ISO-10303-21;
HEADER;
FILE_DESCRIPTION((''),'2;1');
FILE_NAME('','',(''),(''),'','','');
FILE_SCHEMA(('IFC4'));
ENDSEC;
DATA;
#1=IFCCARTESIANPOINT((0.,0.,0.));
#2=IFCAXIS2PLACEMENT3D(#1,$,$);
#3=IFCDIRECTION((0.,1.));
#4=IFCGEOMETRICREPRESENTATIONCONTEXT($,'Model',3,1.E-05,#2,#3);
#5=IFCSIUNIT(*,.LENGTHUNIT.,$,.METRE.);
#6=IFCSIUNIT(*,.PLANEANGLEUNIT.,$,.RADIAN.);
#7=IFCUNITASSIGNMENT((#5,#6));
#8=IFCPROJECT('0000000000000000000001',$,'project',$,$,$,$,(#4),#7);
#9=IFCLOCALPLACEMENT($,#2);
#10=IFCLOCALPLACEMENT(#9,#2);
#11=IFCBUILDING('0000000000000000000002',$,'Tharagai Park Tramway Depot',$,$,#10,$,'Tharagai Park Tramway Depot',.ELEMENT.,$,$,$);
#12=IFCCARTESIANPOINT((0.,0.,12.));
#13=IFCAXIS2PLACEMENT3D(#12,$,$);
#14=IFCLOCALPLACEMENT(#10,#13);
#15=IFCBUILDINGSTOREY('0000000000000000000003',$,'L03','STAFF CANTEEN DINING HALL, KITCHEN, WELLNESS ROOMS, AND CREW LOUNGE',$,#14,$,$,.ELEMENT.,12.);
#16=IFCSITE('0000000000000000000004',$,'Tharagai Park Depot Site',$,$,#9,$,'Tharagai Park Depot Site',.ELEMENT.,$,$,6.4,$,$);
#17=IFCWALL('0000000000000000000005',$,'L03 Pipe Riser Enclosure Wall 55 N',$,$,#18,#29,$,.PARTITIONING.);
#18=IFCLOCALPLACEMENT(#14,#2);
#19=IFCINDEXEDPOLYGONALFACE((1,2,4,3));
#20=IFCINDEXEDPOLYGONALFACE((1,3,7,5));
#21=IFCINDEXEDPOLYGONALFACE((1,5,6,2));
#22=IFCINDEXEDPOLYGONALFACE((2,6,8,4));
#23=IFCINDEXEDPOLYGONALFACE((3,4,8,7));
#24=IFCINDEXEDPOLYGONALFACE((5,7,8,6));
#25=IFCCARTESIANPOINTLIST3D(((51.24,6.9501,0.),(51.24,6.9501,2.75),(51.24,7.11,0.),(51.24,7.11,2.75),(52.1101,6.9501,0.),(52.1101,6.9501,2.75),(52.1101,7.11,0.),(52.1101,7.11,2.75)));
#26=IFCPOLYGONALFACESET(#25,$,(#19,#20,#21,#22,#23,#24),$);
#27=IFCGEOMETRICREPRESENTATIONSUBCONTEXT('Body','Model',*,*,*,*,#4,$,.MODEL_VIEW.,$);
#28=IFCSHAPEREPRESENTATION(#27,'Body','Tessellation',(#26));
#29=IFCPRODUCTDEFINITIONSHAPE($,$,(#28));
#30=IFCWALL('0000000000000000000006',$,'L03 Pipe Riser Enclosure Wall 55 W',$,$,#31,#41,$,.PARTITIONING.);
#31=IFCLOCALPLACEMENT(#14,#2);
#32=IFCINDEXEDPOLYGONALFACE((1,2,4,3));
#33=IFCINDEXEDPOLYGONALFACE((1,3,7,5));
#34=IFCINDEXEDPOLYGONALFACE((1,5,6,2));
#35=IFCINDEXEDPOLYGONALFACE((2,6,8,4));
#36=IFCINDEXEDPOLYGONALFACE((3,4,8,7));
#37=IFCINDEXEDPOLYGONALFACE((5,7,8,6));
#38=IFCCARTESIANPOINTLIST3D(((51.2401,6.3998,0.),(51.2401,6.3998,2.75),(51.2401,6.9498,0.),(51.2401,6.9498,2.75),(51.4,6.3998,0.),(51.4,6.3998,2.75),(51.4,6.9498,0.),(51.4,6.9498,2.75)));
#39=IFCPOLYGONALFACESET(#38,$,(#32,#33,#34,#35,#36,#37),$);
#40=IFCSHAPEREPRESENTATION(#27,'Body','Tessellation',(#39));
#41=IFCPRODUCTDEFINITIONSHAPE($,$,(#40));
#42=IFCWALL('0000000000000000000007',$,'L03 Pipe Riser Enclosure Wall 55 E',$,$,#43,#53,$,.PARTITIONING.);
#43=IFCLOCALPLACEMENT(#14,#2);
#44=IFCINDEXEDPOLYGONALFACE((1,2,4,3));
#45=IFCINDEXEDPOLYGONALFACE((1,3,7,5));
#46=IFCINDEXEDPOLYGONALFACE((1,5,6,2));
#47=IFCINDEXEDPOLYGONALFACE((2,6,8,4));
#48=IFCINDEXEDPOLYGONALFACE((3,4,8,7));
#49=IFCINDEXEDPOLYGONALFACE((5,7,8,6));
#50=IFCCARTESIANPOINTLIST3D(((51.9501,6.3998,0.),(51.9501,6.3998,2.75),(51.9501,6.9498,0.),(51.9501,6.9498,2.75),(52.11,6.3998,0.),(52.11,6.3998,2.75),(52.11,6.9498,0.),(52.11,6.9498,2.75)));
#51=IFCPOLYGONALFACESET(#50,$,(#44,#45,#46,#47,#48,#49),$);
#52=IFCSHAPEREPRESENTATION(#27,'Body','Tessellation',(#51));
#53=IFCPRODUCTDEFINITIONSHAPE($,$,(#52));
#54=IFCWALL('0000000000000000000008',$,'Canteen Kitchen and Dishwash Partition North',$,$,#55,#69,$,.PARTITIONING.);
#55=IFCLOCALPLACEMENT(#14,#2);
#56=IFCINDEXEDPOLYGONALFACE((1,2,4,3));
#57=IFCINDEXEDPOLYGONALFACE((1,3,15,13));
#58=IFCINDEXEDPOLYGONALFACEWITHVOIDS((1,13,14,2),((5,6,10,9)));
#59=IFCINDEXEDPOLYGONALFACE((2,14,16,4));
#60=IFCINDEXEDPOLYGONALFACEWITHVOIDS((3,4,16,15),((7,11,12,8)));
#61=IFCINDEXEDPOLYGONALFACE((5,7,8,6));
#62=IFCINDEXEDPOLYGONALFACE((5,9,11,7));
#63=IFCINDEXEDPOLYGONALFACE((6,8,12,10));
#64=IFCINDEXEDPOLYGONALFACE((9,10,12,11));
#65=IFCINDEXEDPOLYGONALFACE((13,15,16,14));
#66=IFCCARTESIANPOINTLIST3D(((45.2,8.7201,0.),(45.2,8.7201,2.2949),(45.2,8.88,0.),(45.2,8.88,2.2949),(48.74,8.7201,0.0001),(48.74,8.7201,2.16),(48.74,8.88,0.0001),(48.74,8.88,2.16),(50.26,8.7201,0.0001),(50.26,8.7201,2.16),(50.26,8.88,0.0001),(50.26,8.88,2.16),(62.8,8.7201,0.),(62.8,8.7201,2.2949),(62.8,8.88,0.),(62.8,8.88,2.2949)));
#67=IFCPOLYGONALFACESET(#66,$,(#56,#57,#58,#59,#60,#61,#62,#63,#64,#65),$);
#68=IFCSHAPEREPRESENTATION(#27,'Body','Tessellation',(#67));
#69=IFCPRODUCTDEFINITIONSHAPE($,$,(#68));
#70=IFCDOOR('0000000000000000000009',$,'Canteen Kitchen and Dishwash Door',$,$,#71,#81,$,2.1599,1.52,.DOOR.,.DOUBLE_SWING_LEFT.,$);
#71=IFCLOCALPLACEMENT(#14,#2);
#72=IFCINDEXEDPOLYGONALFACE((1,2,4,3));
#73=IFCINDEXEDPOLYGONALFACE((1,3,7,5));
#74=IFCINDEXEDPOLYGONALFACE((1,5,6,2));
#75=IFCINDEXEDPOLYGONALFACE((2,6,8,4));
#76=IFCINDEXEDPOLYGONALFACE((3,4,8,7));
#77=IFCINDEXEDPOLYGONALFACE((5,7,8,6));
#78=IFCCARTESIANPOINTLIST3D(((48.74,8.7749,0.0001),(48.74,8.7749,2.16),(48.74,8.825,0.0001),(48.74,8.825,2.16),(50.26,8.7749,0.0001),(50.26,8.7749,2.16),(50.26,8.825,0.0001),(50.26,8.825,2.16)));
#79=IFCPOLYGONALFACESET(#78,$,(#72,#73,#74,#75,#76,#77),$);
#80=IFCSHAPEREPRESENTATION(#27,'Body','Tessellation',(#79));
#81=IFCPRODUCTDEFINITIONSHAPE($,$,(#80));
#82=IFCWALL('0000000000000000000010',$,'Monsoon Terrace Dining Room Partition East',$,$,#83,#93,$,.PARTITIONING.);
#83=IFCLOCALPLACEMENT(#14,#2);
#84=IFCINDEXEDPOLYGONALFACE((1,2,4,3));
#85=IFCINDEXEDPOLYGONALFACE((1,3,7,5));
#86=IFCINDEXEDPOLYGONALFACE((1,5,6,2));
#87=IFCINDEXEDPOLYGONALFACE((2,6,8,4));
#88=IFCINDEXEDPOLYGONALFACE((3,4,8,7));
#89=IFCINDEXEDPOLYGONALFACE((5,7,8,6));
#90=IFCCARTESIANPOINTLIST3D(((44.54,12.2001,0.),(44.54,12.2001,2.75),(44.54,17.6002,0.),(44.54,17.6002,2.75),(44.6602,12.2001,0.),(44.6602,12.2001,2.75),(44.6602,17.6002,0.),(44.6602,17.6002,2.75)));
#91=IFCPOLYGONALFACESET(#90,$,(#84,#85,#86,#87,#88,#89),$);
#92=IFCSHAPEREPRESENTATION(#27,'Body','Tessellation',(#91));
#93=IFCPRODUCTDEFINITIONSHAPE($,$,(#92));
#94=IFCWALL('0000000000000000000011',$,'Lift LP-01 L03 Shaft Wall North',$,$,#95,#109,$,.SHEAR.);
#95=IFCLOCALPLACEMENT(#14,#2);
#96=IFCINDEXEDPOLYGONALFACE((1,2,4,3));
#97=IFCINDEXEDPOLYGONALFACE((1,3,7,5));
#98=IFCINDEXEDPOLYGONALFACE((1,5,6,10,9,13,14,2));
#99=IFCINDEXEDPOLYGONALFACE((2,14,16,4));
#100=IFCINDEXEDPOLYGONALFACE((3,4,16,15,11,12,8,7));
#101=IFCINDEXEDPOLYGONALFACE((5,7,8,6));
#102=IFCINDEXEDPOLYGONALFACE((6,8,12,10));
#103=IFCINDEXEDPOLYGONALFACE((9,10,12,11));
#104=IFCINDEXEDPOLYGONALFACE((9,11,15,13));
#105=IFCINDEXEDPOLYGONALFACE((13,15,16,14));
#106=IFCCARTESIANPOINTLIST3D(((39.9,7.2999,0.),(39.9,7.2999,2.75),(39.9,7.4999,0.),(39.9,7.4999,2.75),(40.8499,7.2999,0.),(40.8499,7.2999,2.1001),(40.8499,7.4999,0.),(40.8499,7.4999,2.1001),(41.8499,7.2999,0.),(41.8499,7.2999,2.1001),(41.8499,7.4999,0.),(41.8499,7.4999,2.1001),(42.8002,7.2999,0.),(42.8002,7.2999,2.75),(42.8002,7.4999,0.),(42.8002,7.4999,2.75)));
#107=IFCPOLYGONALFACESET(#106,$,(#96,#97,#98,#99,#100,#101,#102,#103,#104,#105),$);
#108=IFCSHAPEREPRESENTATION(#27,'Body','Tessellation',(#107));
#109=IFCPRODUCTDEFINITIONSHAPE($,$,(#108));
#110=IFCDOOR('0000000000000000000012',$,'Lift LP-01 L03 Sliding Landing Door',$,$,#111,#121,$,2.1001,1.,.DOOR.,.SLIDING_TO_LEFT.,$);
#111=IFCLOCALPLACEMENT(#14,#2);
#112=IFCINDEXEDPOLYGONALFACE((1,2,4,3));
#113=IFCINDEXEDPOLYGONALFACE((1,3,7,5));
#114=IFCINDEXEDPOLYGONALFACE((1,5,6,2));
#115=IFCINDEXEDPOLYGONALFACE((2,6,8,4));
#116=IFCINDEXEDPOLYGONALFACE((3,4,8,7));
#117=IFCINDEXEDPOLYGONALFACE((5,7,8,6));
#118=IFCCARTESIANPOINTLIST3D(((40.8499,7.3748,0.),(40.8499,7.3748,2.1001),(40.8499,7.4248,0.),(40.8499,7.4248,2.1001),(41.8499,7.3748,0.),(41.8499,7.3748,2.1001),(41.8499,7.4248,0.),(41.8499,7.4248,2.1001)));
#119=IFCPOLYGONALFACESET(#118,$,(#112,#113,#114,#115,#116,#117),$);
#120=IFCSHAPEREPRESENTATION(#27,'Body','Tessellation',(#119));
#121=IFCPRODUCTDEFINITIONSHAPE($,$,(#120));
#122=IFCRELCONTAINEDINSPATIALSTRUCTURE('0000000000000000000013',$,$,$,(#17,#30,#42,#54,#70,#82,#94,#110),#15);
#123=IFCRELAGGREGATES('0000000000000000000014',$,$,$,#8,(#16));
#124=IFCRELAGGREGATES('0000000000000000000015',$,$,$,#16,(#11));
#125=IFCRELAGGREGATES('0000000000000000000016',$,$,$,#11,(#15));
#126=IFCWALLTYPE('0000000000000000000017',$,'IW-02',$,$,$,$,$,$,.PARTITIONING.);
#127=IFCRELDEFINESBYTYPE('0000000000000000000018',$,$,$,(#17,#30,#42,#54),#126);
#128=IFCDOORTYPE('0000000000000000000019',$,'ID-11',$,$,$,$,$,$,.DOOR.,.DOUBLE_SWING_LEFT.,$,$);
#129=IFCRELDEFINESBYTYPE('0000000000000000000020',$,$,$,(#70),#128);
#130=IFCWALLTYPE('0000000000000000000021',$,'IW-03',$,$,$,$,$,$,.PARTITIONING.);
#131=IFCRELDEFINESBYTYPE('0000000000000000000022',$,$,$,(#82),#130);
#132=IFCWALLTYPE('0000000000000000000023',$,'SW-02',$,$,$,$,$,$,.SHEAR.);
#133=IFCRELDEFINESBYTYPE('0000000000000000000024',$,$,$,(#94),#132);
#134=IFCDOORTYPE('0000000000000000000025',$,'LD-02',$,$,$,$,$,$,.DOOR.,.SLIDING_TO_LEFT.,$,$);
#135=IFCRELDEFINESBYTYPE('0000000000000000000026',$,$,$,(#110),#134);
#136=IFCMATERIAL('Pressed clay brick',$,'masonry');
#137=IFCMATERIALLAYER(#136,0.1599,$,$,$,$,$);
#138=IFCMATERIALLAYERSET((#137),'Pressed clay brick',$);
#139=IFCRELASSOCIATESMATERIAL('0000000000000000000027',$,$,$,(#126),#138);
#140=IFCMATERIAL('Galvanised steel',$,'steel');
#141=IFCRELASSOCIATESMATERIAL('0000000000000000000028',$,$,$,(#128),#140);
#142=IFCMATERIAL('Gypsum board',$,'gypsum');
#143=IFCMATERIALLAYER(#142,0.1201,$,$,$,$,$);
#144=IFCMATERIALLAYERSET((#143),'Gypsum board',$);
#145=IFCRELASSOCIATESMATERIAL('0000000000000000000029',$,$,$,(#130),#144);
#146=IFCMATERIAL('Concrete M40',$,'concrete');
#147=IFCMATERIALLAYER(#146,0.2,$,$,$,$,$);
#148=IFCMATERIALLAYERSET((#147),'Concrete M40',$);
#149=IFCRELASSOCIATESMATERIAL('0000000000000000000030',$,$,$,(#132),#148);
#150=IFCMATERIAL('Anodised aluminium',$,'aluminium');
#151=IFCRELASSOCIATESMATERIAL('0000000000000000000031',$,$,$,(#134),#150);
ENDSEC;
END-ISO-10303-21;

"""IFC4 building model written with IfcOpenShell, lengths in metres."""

from ifc_helpers import new_model, si_unit, direction, frame, frame_2d, origin, place, context, subcontext, project, spatial, rectangle, extrude, material, layer, layer_set, type_object, element, fill, save


model = new_model("IFC4")

# Units and contexts
model_context = context("Model", 3, precision=1e-05, world=origin(), true_north=direction((0.0, 1.0)))
body_context = subcontext(model_context, "Body", "Model", "MODEL_VIEW")
ifc_project = project(units=[si_unit("LENGTHUNIT", "METRE"), si_unit("PLANEANGLEUNIT", "RADIAN")], contexts=[model_context])

# Site, building, storey
site_placement = place(None, origin())
site = spatial("IfcSite", under=ifc_project, at=site_placement, Name="Tharagai Park Depot Site", LongName="Tharagai Park Depot Site", CompositionType="ELEMENT", RefElevation=6.4)
building_placement = place(site_placement, origin())
building = spatial("IfcBuilding", under=site, at=building_placement, Name="Tharagai Park Tramway Depot", LongName="Tharagai Park Tramway Depot", CompositionType="ELEMENT")
storey_placement = place(building_placement, frame((0.0, 0.0, 12.0)))
storey = spatial("IfcBuildingStorey", under=building, at=storey_placement, Name="L03", Description="STAFF CANTEEN DINING HALL, KITCHEN, WELLNESS ROOMS, AND CREW LOUNGE", CompositionType="ELEMENT", Elevation=12.0)

# Shared definitions
ifc_material_1 = material(Name="Concrete M40", Category="concrete")

# Walls
ifc_material_2 = material(Name="Pressed clay brick", Category="masonry")
ifc_layer_1 = layer(ifc_material_2, 0.1599)
ifc_layer_set_1 = layer_set([ifc_layer_1], Name="Pressed clay brick")
wall_type_1 = type_object("IfcWallType", Name="IW-02", PredefinedType="PARTITIONING", material=ifc_layer_set_1)
for number, where, z_axis, x_axis, name in (
    (1, (51.24, 7.03, 0.0), (0.0, 0.0, 1.0), (1.0, 0.0, 0.0), "L03 Pipe Riser Enclosure Wall 55 N"),
):
    element("IfcWall", number, at=place(storey_placement, frame(where, z_axis=z_axis, x_axis=x_axis)), inside=storey, type_object=wall_type_1, Name=name, PredefinedType="PARTITIONING", context=body_context, shape_type="SweptSolid", body=[
        extrude(rectangle(XDim=0.8701, YDim=0.1599, at=frame_2d((0.4351, 0.0))), origin(), (0.0, 0.0, 1.0), 2.75),
    ])
for number, where, z_axis, x_axis, name in (
    (2, (51.3201, 6.3999, 0.0), (0.0, 0.0, 1.0), (0.0, 1.0, 0.0), "L03 Pipe Riser Enclosure Wall 55 W"),
    (3, (52.03, 6.3999, 0.0), (0.0, 0.0, 1.0), (0.0, 1.0, 0.0), "L03 Pipe Riser Enclosure Wall 55 E"),
):
    element("IfcWall", number, at=place(storey_placement, frame(where, z_axis=z_axis, x_axis=x_axis)), inside=storey, type_object=wall_type_1, Name=name, PredefinedType="PARTITIONING", context=body_context, shape_type="SweptSolid", body=[
        extrude(rectangle(XDim=0.55, YDim=0.1599, at=frame_2d((0.2749, 0.0))), origin(), (0.0, 0.0, 1.0), 2.75),
    ])

# Wall, opening, door
wall_1_placement = place(storey_placement, frame((45.2, 8.8, 0.0), z_axis=(0.0, 0.0, 1.0), x_axis=(1.0, 0.0, 0.0)))
wall_1 = element("IfcWall", 4, at=wall_1_placement, inside=storey, type_object=wall_type_1, Name="Canteen Kitchen and Dishwash Partition North", PredefinedType="PARTITIONING", context=body_context, shape_type="SweptSolid", body=[
    extrude(rectangle(XDim=17.6001, YDim=0.1599, at=frame_2d((8.8, 0.0))), origin(), (0.0, 0.0, 1.0), 2.2949),
])
opening_1_placement = place(wall_1_placement, frame((3.54, 0.0, 0.0)))
opening_1 = element("IfcOpeningElement", 5, at=opening_1_placement, cuts=wall_1, PredefinedType="OPENING", context=body_context, shape_type="SweptSolid", body=[
    extrude(rectangle(XDim=1.52, YDim=2.1599, at=frame_2d((0.76, 1.0801))), frame((0.0, 0.0898, 0.0), z_axis=(0.0, -1.0, 0.0), x_axis=(1.0, 0.0, 0.0)), (0.0, 0.0, 1.0), 0.1799),
])
ifc_material_3 = material(Name="Galvanised steel", Category="steel")
door_type_1 = type_object("IfcDoorType", Name="ID-11", OperationType="DOUBLE_SWING_LEFT", PredefinedType="DOOR", material=ifc_material_3)
door_1_placement = place(opening_1_placement, origin())
door_1 = element("IfcDoor", 6, at=door_1_placement, inside=storey, type_object=door_type_1, Name="Canteen Kitchen and Dishwash Door", OperationType="DOUBLE_SWING_LEFT", OverallHeight=2.1599, OverallWidth=1.52, PredefinedType="DOOR", context=body_context, shape_type="SweptSolid", body=[
    extrude(rectangle(XDim=1.52, YDim=2.1599, at=frame_2d((0.76, 1.0801))), frame((0.0, 0.0249, 0.0), z_axis=(0.0, -1.0, 0.0), x_axis=(1.0, 0.0, 0.0)), (0.0, 0.0, 1.0), 0.05),
])
fill(opening_1, door_1)

# Wall
ifc_material_4 = material(Name="Gypsum board", Category="gypsum")
ifc_layer_2 = layer(ifc_material_4, 0.1201)
ifc_layer_set_2 = layer_set([ifc_layer_2], Name="Gypsum board")
wall_type_2 = type_object("IfcWallType", Name="IW-03", PredefinedType="PARTITIONING", material=ifc_layer_set_2)
wall_2_placement = place(storey_placement, frame((44.6001, 12.2, 0.0), z_axis=(0.0, 0.0, 1.0), x_axis=(0.0, 1.0, 0.0)))
element("IfcWall", 7, at=wall_2_placement, inside=storey, type_object=wall_type_2, Name="Monsoon Terrace Dining Room Partition East", PredefinedType="PARTITIONING", context=body_context, shape_type="SweptSolid", body=[
    extrude(rectangle(XDim=5.4001, YDim=0.1201, at=frame_2d((2.7002, 0.0))), origin(), (0.0, 0.0, 1.0), 2.75),
])

# Wall, opening, door
ifc_layer_3 = layer(ifc_material_1, 0.2)
ifc_layer_set_3 = layer_set([ifc_layer_3], Name="Concrete M40")
wall_type_3 = type_object("IfcWallType", Name="SW-02", PredefinedType="SHEAR", material=ifc_layer_set_3)
wall_3_placement = place(storey_placement, frame((39.8999, 7.3999, 0.0), z_axis=(0.0, 0.0, 1.0), x_axis=(1.0, 0.0, 0.0)))
wall_3 = element("IfcWall", 8, at=wall_3_placement, inside=storey, type_object=wall_type_3, Name="Lift LP-01 L03 Shaft Wall North", PredefinedType="SHEAR", context=body_context, shape_type="SweptSolid", body=[
    extrude(rectangle(XDim=2.9001, YDim=0.2, at=frame_2d((1.4502, 0.0))), origin(), (0.0, 0.0, 1.0), 2.75),
])
opening_2_placement = place(wall_3_placement, frame((0.95, 0.0, 0.0)))
opening_2 = element("IfcOpeningElement", 9, at=opening_2_placement, cuts=wall_3, PredefinedType="OPENING", context=body_context, shape_type="SweptSolid", body=[
    extrude(rectangle(XDim=1.0, YDim=2.1001, at=frame_2d((0.5, 1.05))), frame((0.0, 0.1099, 0.0), z_axis=(0.0, -1.0, 0.0), x_axis=(1.0, 0.0, 0.0)), (0.0, 0.0, 1.0), 0.22),
])
ifc_material_5 = material(Name="Anodised aluminium", Category="aluminium")
door_type_2 = type_object("IfcDoorType", Name="LD-02", OperationType="SLIDING_TO_LEFT", PredefinedType="DOOR", material=ifc_material_5)
door_2_placement = place(opening_2_placement, origin())
door_2 = element("IfcDoor", 10, at=door_2_placement, inside=storey, type_object=door_type_2, Name="Lift LP-01 L03 Sliding Landing Door", OperationType="SLIDING_TO_LEFT", OverallHeight=2.1001, OverallWidth=1.0, PredefinedType="DOOR", context=body_context, shape_type="SweptSolid", body=[
    extrude(rectangle(XDim=1.0, YDim=2.1001, at=frame_2d((0.5, 1.05))), frame((0.0, 0.0249, 0.0), z_axis=(0.0, -1.0, 0.0), x_axis=(1.0, 0.0, 0.0)), (0.0, 0.0, 1.0), 0.05),
])
fill(opening_2, door_2)

save(model, "model.ifc")
